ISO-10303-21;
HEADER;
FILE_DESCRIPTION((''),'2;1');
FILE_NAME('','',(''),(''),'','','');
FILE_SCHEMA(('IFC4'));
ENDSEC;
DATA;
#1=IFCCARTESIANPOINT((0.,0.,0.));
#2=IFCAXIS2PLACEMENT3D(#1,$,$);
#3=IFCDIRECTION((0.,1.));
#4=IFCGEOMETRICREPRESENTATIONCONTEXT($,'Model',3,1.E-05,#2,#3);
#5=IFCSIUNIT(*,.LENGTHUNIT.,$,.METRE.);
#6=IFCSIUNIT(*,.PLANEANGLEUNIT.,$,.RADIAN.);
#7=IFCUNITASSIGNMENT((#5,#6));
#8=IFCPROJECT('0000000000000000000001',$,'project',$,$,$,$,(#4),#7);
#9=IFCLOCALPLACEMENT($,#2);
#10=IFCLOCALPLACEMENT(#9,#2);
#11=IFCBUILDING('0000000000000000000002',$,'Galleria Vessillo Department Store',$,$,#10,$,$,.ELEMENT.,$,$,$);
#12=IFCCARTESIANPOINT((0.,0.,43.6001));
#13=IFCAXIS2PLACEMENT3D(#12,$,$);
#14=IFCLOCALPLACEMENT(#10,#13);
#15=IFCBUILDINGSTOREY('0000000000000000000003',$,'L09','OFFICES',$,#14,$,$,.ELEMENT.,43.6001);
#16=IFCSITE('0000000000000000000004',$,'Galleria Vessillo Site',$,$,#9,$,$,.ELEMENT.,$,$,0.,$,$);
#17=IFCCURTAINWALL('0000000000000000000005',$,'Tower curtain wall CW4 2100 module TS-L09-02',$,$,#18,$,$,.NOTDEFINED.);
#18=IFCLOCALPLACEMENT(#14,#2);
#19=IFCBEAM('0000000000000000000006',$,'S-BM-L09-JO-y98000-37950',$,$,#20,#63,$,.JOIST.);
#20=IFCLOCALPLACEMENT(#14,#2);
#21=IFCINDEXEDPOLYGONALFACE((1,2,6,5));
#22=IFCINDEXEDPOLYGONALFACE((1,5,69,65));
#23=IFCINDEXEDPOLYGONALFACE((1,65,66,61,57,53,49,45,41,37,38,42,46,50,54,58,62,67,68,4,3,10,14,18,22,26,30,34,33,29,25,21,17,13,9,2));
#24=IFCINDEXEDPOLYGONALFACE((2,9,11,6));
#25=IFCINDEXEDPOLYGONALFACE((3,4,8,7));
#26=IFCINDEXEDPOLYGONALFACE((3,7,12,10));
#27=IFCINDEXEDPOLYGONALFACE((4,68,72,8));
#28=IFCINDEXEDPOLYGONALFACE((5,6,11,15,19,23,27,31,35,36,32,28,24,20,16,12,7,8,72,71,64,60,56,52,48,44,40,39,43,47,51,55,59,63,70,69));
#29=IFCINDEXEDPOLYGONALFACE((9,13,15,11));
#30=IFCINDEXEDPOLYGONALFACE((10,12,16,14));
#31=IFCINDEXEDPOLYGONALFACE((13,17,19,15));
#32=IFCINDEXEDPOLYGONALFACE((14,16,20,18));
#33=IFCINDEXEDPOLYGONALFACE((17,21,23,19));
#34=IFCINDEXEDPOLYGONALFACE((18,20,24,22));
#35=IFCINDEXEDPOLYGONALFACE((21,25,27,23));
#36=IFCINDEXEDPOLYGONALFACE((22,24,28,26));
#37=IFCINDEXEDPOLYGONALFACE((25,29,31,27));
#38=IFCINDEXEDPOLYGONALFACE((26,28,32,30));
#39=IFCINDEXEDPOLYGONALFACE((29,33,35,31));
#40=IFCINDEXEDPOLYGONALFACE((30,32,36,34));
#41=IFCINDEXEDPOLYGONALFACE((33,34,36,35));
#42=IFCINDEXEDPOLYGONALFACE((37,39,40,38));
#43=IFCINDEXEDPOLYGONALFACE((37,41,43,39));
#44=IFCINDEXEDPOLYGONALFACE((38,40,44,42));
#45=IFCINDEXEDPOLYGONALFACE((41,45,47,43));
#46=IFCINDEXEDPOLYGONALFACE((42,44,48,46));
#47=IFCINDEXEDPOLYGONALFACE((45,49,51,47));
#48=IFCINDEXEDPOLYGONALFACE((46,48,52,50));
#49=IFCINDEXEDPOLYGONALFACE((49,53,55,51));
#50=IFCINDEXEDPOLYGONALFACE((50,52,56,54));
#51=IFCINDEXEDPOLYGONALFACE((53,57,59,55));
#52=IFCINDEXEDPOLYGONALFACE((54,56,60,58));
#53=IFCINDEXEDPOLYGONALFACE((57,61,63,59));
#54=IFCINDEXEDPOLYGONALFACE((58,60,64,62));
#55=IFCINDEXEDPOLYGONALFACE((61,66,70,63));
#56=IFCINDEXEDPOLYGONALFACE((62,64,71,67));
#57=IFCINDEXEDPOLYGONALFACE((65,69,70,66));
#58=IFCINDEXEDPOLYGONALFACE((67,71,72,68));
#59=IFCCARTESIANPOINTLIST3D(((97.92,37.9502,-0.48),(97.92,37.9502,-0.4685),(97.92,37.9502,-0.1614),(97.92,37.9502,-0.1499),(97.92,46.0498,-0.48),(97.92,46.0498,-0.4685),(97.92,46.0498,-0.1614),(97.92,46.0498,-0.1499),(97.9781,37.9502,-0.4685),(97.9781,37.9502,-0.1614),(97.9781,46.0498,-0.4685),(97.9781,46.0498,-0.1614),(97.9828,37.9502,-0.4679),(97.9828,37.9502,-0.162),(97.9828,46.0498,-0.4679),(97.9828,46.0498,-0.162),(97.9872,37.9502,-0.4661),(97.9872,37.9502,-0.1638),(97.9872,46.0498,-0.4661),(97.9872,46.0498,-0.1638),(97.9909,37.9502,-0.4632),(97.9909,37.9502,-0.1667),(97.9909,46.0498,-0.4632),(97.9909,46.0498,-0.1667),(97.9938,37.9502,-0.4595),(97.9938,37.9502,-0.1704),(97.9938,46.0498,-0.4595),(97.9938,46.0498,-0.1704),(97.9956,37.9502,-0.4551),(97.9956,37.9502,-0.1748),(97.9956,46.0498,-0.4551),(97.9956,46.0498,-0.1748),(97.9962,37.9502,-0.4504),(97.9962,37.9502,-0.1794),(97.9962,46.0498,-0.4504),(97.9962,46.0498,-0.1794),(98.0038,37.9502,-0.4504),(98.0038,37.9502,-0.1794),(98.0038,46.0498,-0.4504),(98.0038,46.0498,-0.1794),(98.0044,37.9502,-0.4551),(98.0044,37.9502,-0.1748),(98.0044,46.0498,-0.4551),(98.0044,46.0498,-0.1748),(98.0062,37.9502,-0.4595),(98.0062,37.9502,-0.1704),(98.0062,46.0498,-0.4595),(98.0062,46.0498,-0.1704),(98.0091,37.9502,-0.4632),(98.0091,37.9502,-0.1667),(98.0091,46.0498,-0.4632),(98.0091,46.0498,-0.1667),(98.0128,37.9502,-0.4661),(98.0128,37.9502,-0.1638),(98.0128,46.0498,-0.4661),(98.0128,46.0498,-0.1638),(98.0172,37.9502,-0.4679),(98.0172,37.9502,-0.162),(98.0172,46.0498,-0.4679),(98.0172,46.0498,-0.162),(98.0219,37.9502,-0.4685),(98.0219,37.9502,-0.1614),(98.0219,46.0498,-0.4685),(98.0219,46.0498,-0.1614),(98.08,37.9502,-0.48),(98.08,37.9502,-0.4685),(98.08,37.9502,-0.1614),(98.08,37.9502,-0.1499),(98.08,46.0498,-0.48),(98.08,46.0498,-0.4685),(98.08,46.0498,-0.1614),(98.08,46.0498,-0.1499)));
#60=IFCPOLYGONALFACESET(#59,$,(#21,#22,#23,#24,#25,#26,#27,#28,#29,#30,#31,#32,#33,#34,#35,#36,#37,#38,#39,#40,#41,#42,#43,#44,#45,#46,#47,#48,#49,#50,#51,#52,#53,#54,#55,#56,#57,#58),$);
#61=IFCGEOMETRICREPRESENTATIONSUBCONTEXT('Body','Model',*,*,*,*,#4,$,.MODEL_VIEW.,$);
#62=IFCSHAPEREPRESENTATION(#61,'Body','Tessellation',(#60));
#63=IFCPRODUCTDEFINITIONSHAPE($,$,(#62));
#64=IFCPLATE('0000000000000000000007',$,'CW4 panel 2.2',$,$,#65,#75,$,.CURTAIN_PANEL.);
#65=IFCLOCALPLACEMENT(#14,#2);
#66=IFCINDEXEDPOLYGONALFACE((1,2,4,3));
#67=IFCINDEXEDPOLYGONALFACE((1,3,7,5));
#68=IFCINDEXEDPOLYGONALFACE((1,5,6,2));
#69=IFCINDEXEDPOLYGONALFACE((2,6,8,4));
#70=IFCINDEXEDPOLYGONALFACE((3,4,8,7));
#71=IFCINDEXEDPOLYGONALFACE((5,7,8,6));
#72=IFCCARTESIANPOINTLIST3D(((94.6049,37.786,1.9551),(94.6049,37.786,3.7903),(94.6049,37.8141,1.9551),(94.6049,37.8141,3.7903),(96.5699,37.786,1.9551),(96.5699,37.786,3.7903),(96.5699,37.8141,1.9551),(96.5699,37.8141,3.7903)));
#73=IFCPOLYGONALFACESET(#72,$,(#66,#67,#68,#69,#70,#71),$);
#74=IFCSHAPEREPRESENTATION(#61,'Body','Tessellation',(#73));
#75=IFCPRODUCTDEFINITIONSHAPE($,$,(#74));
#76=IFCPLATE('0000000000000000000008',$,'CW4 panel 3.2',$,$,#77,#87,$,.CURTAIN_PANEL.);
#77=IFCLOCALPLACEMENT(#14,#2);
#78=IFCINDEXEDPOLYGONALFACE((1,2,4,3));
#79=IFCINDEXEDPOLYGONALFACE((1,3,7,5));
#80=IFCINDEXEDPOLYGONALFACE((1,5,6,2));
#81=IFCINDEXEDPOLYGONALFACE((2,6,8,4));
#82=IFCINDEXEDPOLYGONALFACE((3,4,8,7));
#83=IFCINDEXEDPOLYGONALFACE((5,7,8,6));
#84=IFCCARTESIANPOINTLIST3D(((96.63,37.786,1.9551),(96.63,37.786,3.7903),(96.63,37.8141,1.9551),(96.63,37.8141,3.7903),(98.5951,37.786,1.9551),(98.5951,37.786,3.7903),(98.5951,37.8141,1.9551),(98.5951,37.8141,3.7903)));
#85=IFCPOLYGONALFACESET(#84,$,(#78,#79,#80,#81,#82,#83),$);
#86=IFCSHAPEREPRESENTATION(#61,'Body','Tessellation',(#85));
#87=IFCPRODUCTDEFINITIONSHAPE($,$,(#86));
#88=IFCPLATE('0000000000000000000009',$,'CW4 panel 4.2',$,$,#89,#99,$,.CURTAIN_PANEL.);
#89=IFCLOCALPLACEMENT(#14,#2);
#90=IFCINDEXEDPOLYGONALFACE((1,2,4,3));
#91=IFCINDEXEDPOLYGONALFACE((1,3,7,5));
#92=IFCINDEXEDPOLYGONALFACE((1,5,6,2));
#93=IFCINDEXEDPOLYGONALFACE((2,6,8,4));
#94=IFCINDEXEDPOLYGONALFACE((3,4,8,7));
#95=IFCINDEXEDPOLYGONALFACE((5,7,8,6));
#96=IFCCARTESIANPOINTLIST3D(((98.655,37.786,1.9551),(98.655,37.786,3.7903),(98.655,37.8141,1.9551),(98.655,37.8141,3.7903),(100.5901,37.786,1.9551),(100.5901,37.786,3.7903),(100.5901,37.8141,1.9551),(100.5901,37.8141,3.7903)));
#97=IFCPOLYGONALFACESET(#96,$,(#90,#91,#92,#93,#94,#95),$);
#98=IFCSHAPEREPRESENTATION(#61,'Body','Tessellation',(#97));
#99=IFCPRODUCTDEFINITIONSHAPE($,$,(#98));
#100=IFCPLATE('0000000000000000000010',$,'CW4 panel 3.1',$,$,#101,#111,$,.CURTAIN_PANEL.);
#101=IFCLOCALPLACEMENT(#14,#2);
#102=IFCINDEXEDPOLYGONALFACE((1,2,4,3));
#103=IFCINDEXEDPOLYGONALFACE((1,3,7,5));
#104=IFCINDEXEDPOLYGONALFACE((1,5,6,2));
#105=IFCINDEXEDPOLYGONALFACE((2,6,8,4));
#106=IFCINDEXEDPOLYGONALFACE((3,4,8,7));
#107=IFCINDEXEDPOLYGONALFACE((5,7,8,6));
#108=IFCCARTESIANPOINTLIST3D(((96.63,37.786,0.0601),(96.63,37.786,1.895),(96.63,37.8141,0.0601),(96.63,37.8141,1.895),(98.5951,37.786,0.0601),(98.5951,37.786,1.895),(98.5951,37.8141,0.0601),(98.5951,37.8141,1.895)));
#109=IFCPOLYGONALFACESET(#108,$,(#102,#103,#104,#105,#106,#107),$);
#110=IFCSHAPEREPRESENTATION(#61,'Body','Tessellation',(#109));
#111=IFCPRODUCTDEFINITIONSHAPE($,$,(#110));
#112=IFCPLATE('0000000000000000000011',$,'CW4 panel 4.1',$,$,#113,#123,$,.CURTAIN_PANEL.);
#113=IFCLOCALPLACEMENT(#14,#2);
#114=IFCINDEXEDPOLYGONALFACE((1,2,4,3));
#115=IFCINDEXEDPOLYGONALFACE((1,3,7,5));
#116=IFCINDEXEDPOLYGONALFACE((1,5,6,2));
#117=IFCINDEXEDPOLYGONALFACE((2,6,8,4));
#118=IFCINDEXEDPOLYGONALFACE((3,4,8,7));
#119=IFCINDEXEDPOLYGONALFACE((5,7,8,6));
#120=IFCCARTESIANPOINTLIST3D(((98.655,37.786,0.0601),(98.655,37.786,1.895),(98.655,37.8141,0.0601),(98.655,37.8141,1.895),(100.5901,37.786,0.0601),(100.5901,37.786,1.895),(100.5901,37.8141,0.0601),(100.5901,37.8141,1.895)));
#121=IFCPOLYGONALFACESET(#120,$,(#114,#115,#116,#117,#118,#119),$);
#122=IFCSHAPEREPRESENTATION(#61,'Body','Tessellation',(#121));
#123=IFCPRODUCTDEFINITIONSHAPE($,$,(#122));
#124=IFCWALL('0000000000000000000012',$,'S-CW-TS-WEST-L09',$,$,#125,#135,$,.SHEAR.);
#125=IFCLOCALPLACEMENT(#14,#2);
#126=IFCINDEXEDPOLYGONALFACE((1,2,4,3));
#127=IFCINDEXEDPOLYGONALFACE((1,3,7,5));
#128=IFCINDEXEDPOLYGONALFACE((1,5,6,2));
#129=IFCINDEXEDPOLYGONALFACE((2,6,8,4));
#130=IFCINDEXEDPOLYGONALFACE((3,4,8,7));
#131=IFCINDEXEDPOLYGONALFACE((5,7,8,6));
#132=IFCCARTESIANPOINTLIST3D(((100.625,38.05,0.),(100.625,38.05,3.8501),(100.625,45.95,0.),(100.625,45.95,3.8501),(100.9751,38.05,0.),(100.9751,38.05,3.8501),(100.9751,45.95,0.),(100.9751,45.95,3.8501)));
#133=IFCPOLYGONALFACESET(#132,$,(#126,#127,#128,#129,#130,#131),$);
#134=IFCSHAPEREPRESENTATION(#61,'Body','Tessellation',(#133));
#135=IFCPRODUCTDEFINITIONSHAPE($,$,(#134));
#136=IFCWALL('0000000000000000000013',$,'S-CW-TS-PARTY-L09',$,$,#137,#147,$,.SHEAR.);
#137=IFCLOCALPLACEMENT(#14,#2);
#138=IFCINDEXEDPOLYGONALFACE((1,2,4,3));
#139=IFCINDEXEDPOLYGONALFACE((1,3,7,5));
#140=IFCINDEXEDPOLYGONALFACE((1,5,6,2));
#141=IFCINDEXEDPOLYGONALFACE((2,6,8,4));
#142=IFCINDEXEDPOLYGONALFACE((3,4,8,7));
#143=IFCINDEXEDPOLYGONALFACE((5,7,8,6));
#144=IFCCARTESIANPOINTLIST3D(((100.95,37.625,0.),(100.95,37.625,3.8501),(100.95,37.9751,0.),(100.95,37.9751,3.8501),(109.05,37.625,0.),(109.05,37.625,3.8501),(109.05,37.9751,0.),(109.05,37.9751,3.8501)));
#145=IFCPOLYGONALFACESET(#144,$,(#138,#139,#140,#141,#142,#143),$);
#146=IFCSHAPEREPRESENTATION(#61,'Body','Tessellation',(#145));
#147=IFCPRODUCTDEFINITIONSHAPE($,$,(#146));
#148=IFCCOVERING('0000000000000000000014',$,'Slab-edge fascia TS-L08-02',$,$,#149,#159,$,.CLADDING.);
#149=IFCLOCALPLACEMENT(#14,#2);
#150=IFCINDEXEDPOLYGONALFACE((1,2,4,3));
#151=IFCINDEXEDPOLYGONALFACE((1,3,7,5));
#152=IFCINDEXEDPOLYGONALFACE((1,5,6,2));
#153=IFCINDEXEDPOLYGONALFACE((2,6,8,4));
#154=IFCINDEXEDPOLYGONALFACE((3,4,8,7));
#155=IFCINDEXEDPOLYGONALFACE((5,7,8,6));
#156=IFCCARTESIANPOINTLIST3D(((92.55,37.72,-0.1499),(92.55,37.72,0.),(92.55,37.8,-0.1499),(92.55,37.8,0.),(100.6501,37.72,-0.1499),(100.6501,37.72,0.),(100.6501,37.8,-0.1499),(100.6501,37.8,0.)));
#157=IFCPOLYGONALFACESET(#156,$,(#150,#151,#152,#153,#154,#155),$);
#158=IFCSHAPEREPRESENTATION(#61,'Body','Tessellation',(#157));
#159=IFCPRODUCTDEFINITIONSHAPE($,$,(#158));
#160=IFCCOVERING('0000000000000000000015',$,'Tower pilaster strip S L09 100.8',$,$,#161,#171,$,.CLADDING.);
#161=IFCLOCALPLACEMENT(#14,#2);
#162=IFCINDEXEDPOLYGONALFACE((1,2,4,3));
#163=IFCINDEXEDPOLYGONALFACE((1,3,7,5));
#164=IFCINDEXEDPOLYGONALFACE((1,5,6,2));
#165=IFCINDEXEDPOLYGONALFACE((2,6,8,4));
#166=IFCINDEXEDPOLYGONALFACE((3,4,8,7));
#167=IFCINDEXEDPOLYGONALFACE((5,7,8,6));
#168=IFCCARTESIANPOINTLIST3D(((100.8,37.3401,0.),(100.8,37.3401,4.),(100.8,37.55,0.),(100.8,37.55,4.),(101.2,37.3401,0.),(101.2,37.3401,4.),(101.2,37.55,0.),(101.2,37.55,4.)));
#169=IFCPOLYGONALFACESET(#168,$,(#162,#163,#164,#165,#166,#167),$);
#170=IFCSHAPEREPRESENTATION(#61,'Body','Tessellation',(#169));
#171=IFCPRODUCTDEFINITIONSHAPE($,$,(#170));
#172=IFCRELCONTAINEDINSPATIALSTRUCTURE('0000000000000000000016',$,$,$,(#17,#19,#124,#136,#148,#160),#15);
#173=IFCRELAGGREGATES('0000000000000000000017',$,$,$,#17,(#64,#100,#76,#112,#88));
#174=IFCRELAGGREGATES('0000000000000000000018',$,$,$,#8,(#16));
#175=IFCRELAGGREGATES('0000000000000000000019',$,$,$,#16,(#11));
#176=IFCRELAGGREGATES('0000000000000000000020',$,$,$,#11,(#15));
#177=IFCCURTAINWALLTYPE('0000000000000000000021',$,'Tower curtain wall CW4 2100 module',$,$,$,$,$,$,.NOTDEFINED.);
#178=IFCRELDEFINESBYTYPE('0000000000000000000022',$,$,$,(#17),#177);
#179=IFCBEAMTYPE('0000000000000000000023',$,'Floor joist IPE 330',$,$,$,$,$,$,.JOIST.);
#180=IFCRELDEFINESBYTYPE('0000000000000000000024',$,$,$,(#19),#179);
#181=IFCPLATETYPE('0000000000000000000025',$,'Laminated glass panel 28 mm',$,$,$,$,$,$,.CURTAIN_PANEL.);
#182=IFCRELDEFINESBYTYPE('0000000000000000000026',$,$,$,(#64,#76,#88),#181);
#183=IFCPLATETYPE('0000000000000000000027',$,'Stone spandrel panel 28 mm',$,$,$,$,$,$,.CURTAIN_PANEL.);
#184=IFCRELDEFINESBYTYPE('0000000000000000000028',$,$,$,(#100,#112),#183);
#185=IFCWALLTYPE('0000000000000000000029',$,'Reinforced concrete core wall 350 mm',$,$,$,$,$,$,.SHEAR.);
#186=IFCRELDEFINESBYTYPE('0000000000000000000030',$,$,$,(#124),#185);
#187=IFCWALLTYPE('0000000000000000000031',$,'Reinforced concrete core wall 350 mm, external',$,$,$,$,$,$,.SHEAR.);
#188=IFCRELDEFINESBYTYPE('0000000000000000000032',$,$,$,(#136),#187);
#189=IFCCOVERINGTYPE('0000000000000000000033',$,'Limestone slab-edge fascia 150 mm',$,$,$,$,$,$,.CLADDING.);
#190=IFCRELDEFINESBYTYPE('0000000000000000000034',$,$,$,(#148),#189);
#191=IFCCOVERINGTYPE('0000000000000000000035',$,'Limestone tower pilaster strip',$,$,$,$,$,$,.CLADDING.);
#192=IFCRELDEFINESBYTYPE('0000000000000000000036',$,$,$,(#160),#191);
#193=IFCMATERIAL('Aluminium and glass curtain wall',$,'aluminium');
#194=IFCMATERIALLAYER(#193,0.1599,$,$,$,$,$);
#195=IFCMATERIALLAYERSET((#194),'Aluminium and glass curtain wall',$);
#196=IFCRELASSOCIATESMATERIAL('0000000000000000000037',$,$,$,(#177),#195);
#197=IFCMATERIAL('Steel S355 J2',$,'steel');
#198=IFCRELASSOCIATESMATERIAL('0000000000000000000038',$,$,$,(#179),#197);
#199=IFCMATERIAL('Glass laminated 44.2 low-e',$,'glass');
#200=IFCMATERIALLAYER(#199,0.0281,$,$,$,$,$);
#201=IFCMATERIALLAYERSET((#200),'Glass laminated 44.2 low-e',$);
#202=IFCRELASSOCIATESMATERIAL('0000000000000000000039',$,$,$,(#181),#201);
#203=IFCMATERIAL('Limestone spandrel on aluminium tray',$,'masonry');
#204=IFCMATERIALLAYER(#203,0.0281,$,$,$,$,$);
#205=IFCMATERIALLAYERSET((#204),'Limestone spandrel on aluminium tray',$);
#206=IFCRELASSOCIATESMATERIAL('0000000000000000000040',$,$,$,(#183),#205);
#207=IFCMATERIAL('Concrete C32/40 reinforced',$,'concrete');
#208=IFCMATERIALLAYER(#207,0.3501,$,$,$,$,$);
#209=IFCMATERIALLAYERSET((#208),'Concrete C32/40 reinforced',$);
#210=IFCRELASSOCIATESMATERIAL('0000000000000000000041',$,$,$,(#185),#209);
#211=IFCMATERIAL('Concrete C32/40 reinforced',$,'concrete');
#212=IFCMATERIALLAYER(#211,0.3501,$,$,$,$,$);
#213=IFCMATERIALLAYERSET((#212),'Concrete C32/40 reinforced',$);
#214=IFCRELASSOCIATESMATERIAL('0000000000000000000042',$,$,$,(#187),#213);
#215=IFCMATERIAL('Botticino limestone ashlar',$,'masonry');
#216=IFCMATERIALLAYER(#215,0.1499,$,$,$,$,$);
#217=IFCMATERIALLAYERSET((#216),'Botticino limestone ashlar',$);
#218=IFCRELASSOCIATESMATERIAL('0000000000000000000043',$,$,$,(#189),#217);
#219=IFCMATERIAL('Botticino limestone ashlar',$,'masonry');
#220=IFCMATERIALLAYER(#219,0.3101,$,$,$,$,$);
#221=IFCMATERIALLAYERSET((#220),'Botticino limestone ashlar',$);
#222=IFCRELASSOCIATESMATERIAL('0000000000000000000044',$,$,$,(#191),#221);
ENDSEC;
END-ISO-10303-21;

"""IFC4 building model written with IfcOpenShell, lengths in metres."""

from ifc_helpers import new_model, si_unit, direction, frame, frame_2d, origin, origin_2d, place, context, subcontext, project, spatial, rectangle, i_section, extrude, material, layer, layer_set, material_profile, profile_set, type_object, element, aggregate, save


model = new_model("IFC4")

# Units and contexts
model_context = context("Model", 3, precision=1e-05, world=origin(), true_north=direction((0.0, 1.0)))
body_context = subcontext(model_context, "Body", "Model", "MODEL_VIEW")
ifc_project = project(units=[si_unit("LENGTHUNIT", "METRE"), si_unit("PLANEANGLEUNIT", "RADIAN")], contexts=[model_context])

# Site, building, storey
site_placement = place(None, origin())
site = spatial("IfcSite", under=ifc_project, at=site_placement, Name="Galleria Vessillo Site", CompositionType="ELEMENT", RefElevation=0.0)
building_placement = place(site_placement, origin())
building = spatial("IfcBuilding", under=site, at=building_placement, Name="Galleria Vessillo Department Store", CompositionType="ELEMENT")
storey_placement = place(building_placement, frame((0.0, 0.0, 43.6001)))
storey = spatial("IfcBuildingStorey", under=building, at=storey_placement, Name="L09", Description="OFFICES", CompositionType="ELEMENT", Elevation=43.6001)

# Curtain wall
ifc_material_1 = material(Name="Aluminium and glass curtain wall", Category="aluminium")
ifc_layer_1 = layer(ifc_material_1, 0.1599)
ifc_layer_set_1 = layer_set([ifc_layer_1], Name="Aluminium and glass curtain wall")
curtain_wall_type = type_object("IfcCurtainWallType", Name="Tower curtain wall CW4 2100 module", PredefinedType="NOTDEFINED", material=ifc_layer_set_1)
curtain_wall_placement = place(storey_placement, origin())
curtain_wall = element("IfcCurtainWall", 1, at=curtain_wall_placement, inside=storey, type_object=curtain_wall_type, Name="Tower curtain wall CW4 2100 module TS-L09-02", PredefinedType="NOTDEFINED")

# Beam
ifc_material_2 = material(Name="Steel S355 J2", Category="steel")
ifc_material_profile_1 = material_profile(ifc_material_2, i_section(OverallWidth=0.1599, OverallDepth=0.3301, WebThickness=0.0076, FlangeThickness=0.0115, FilletRadius=0.0181, at=origin_2d()), Name="IPE 330")
ifc_profile_set_1 = profile_set([ifc_material_profile_1], Name="Steel S355 J2")
beam_type = type_object("IfcBeamType", Name="Floor joist IPE 330", PredefinedType="JOIST", material=ifc_profile_set_1)
beam_placement = place(storey_placement, frame((98.0, 37.9502, -0.3149), z_axis=(0.0, 1.0, 0.0), x_axis=(-1.0, 0.0, 0.0)))
element("IfcBeam", 2, at=beam_placement, inside=storey, type_object=beam_type, Name="S-BM-L09-JO-y98000-37950", PredefinedType="JOIST", context=body_context, shape_type="SweptSolid", body=[
    extrude(i_section(OverallWidth=0.1599, OverallDepth=0.3301, WebThickness=0.0076, FlangeThickness=0.0115, FilletRadius=0.0181, at=origin_2d()), origin(), (0.0, 0.0, 1.0), 8.0996),
])

# Plates
ifc_material_3 = material(Name="Glass laminated 44.2 low-e", Category="glass")
ifc_layer_2 = layer(ifc_material_3, 0.0281)
ifc_layer_set_2 = layer_set([ifc_layer_2], Name="Glass laminated 44.2 low-e")
plate_type_1 = type_object("IfcPlateType", Name="Laminated glass panel 28 mm", PredefinedType="CURTAIN_PANEL", material=ifc_layer_set_2)
plate_1_placement = place(storey_placement, frame((95.5874, 37.8, 1.9551), z_axis=(0.0, 0.0, 1.0), x_axis=(1.0, 0.0, 0.0)))
plate_1 = element("IfcPlate", 3, at=plate_1_placement, type_object=plate_type_1, Name="CW4 panel 2.2", PredefinedType="CURTAIN_PANEL", context=body_context, shape_type="SweptSolid", body=[
    extrude(rectangle(XDim=1.9651, YDim=0.0281, at=origin_2d()), origin(), (0.0, 0.0, 1.0), 1.8352),
])
plate_2_placement = place(storey_placement, frame((97.6125, 37.8, 1.9551), z_axis=(0.0, 0.0, 1.0), x_axis=(1.0, 0.0, 0.0)))
plate_2 = element("IfcPlate", 4, at=plate_2_placement, type_object=plate_type_1, Name="CW4 panel 3.2", PredefinedType="CURTAIN_PANEL", context=body_context, shape_type="SweptSolid", body=[
    extrude(rectangle(XDim=1.9651, YDim=0.0281, at=origin_2d()), origin(), (0.0, 0.0, 1.0), 1.8352),
])
plate_3_placement = place(storey_placement, frame((99.6226, 37.8, 1.9551), z_axis=(0.0, 0.0, 1.0), x_axis=(1.0, 0.0, 0.0)))
plate_3 = element("IfcPlate", 5, at=plate_3_placement, type_object=plate_type_1, Name="CW4 panel 4.2", PredefinedType="CURTAIN_PANEL", context=body_context, shape_type="SweptSolid", body=[
    extrude(rectangle(XDim=1.9351, YDim=0.0281, at=origin_2d()), origin(), (0.0, 0.0, 1.0), 1.8352),
])
ifc_material_4 = material(Name="Limestone spandrel on aluminium tray", Category="masonry")
ifc_layer_3 = layer(ifc_material_4, 0.0281)
ifc_layer_set_3 = layer_set([ifc_layer_3], Name="Limestone spandrel on aluminium tray")
plate_type_2 = type_object("IfcPlateType", Name="Stone spandrel panel 28 mm", PredefinedType="CURTAIN_PANEL", material=ifc_layer_set_3)
plate_4_placement = place(storey_placement, frame((97.6125, 37.8, 0.0601), z_axis=(0.0, 0.0, 1.0), x_axis=(1.0, 0.0, 0.0)))
plate_4 = element("IfcPlate", 6, at=plate_4_placement, type_object=plate_type_2, Name="CW4 panel 3.1", PredefinedType="CURTAIN_PANEL", context=body_context, shape_type="SweptSolid", body=[
    extrude(rectangle(XDim=1.9651, YDim=0.0281, at=origin_2d()), origin(), (0.0, 0.0, 1.0), 1.835),
])
plate_5_placement = place(storey_placement, frame((99.6226, 37.8, 0.0601), z_axis=(0.0, 0.0, 1.0), x_axis=(1.0, 0.0, 0.0)))
plate_5 = element("IfcPlate", 7, at=plate_5_placement, type_object=plate_type_2, Name="CW4 panel 4.1", PredefinedType="CURTAIN_PANEL", context=body_context, shape_type="SweptSolid", body=[
    extrude(rectangle(XDim=1.9351, YDim=0.0281, at=origin_2d()), origin(), (0.0, 0.0, 1.0), 1.835),
])
aggregate(curtain_wall, [plate_1, plate_4, plate_2, plate_5, plate_3])

# Walls
ifc_material_5 = material(Name="Concrete C32/40 reinforced", Category="concrete")
ifc_layer_4 = layer(ifc_material_5, 0.3501)
ifc_layer_set_4 = layer_set([ifc_layer_4], Name="Concrete C32/40 reinforced")
wall_type_1 = type_object("IfcWallType", Name="Reinforced concrete core wall 350 mm", PredefinedType="SHEAR", material=ifc_layer_set_4)
wall_1_placement = place(storey_placement, frame((100.8, 38.05, 0.0), z_axis=(0.0, 0.0, 1.0), x_axis=(0.0, 1.0, 0.0)))
element("IfcWall", 8, at=wall_1_placement, inside=storey, type_object=wall_type_1, Name="S-CW-TS-WEST-L09", PredefinedType="SHEAR", context=body_context, shape_type="SweptSolid", body=[
    extrude(rectangle(XDim=7.8999, YDim=0.3501, at=frame_2d((3.95, 0.0))), origin(), (0.0, 0.0, 1.0), 3.8501),
])
ifc_material_6 = material(Name="Concrete C32/40 reinforced", Category="concrete")
ifc_layer_5 = layer(ifc_material_6, 0.3501)
ifc_layer_set_5 = layer_set([ifc_layer_5], Name="Concrete C32/40 reinforced")
wall_type_2 = type_object("IfcWallType", Name="Reinforced concrete core wall 350 mm, external", PredefinedType="SHEAR", material=ifc_layer_set_5)
wall_2_placement = place(storey_placement, frame((100.95, 37.8, 0.0), z_axis=(0.0, 0.0, 1.0), x_axis=(1.0, 0.0, 0.0)))
element("IfcWall", 9, at=wall_2_placement, inside=storey, type_object=wall_type_2, Name="S-CW-TS-PARTY-L09", PredefinedType="SHEAR", context=body_context, shape_type="SweptSolid", body=[
    extrude(rectangle(XDim=8.1001, YDim=0.3501, at=frame_2d((4.05, 0.0))), origin(), (0.0, 0.0, 1.0), 3.8501),
])

# Coverings
ifc_material_7 = material(Name="Botticino limestone ashlar", Category="masonry")
ifc_layer_6 = layer(ifc_material_7, 0.1499)
ifc_layer_set_6 = layer_set([ifc_layer_6], Name="Botticino limestone ashlar")
covering_type_1 = type_object("IfcCoveringType", Name="Limestone slab-edge fascia 150 mm", PredefinedType="CLADDING", material=ifc_layer_set_6)
covering_1_placement = place(storey_placement, frame((96.6001, 37.76, -0.1499), z_axis=(0.0, 0.0, 1.0), x_axis=(1.0, 0.0, 0.0)))
element("IfcCovering", 10, at=covering_1_placement, inside=storey, type_object=covering_type_1, Name="Slab-edge fascia TS-L08-02", PredefinedType="CLADDING", context=body_context, shape_type="SweptSolid", body=[
    extrude(rectangle(XDim=8.1001, YDim=0.0801, at=origin_2d()), origin(), (0.0, 0.0, 1.0), 0.1499),
])
ifc_material_8 = material(Name="Botticino limestone ashlar", Category="masonry")
ifc_layer_7 = layer(ifc_material_8, 0.3101)
ifc_layer_set_7 = layer_set([ifc_layer_7], Name="Botticino limestone ashlar")
covering_type_2 = type_object("IfcCoveringType", Name="Limestone tower pilaster strip", PredefinedType="CLADDING", material=ifc_layer_set_7)
covering_2_placement = place(storey_placement, frame((101.0, 37.4451, 0.0), z_axis=(0.0, 0.0, 1.0), x_axis=(1.0, 0.0, 0.0)))
element("IfcCovering", 11, at=covering_2_placement, inside=storey, type_object=covering_type_2, Name="Tower pilaster strip S L09 100.8", PredefinedType="CLADDING", context=body_context, shape_type="SweptSolid", body=[
    extrude(rectangle(XDim=0.3999, YDim=0.21, at=origin_2d()), origin(), (0.0, 0.0, 1.0), 4.0),
])

save(model, "model.ifc")
